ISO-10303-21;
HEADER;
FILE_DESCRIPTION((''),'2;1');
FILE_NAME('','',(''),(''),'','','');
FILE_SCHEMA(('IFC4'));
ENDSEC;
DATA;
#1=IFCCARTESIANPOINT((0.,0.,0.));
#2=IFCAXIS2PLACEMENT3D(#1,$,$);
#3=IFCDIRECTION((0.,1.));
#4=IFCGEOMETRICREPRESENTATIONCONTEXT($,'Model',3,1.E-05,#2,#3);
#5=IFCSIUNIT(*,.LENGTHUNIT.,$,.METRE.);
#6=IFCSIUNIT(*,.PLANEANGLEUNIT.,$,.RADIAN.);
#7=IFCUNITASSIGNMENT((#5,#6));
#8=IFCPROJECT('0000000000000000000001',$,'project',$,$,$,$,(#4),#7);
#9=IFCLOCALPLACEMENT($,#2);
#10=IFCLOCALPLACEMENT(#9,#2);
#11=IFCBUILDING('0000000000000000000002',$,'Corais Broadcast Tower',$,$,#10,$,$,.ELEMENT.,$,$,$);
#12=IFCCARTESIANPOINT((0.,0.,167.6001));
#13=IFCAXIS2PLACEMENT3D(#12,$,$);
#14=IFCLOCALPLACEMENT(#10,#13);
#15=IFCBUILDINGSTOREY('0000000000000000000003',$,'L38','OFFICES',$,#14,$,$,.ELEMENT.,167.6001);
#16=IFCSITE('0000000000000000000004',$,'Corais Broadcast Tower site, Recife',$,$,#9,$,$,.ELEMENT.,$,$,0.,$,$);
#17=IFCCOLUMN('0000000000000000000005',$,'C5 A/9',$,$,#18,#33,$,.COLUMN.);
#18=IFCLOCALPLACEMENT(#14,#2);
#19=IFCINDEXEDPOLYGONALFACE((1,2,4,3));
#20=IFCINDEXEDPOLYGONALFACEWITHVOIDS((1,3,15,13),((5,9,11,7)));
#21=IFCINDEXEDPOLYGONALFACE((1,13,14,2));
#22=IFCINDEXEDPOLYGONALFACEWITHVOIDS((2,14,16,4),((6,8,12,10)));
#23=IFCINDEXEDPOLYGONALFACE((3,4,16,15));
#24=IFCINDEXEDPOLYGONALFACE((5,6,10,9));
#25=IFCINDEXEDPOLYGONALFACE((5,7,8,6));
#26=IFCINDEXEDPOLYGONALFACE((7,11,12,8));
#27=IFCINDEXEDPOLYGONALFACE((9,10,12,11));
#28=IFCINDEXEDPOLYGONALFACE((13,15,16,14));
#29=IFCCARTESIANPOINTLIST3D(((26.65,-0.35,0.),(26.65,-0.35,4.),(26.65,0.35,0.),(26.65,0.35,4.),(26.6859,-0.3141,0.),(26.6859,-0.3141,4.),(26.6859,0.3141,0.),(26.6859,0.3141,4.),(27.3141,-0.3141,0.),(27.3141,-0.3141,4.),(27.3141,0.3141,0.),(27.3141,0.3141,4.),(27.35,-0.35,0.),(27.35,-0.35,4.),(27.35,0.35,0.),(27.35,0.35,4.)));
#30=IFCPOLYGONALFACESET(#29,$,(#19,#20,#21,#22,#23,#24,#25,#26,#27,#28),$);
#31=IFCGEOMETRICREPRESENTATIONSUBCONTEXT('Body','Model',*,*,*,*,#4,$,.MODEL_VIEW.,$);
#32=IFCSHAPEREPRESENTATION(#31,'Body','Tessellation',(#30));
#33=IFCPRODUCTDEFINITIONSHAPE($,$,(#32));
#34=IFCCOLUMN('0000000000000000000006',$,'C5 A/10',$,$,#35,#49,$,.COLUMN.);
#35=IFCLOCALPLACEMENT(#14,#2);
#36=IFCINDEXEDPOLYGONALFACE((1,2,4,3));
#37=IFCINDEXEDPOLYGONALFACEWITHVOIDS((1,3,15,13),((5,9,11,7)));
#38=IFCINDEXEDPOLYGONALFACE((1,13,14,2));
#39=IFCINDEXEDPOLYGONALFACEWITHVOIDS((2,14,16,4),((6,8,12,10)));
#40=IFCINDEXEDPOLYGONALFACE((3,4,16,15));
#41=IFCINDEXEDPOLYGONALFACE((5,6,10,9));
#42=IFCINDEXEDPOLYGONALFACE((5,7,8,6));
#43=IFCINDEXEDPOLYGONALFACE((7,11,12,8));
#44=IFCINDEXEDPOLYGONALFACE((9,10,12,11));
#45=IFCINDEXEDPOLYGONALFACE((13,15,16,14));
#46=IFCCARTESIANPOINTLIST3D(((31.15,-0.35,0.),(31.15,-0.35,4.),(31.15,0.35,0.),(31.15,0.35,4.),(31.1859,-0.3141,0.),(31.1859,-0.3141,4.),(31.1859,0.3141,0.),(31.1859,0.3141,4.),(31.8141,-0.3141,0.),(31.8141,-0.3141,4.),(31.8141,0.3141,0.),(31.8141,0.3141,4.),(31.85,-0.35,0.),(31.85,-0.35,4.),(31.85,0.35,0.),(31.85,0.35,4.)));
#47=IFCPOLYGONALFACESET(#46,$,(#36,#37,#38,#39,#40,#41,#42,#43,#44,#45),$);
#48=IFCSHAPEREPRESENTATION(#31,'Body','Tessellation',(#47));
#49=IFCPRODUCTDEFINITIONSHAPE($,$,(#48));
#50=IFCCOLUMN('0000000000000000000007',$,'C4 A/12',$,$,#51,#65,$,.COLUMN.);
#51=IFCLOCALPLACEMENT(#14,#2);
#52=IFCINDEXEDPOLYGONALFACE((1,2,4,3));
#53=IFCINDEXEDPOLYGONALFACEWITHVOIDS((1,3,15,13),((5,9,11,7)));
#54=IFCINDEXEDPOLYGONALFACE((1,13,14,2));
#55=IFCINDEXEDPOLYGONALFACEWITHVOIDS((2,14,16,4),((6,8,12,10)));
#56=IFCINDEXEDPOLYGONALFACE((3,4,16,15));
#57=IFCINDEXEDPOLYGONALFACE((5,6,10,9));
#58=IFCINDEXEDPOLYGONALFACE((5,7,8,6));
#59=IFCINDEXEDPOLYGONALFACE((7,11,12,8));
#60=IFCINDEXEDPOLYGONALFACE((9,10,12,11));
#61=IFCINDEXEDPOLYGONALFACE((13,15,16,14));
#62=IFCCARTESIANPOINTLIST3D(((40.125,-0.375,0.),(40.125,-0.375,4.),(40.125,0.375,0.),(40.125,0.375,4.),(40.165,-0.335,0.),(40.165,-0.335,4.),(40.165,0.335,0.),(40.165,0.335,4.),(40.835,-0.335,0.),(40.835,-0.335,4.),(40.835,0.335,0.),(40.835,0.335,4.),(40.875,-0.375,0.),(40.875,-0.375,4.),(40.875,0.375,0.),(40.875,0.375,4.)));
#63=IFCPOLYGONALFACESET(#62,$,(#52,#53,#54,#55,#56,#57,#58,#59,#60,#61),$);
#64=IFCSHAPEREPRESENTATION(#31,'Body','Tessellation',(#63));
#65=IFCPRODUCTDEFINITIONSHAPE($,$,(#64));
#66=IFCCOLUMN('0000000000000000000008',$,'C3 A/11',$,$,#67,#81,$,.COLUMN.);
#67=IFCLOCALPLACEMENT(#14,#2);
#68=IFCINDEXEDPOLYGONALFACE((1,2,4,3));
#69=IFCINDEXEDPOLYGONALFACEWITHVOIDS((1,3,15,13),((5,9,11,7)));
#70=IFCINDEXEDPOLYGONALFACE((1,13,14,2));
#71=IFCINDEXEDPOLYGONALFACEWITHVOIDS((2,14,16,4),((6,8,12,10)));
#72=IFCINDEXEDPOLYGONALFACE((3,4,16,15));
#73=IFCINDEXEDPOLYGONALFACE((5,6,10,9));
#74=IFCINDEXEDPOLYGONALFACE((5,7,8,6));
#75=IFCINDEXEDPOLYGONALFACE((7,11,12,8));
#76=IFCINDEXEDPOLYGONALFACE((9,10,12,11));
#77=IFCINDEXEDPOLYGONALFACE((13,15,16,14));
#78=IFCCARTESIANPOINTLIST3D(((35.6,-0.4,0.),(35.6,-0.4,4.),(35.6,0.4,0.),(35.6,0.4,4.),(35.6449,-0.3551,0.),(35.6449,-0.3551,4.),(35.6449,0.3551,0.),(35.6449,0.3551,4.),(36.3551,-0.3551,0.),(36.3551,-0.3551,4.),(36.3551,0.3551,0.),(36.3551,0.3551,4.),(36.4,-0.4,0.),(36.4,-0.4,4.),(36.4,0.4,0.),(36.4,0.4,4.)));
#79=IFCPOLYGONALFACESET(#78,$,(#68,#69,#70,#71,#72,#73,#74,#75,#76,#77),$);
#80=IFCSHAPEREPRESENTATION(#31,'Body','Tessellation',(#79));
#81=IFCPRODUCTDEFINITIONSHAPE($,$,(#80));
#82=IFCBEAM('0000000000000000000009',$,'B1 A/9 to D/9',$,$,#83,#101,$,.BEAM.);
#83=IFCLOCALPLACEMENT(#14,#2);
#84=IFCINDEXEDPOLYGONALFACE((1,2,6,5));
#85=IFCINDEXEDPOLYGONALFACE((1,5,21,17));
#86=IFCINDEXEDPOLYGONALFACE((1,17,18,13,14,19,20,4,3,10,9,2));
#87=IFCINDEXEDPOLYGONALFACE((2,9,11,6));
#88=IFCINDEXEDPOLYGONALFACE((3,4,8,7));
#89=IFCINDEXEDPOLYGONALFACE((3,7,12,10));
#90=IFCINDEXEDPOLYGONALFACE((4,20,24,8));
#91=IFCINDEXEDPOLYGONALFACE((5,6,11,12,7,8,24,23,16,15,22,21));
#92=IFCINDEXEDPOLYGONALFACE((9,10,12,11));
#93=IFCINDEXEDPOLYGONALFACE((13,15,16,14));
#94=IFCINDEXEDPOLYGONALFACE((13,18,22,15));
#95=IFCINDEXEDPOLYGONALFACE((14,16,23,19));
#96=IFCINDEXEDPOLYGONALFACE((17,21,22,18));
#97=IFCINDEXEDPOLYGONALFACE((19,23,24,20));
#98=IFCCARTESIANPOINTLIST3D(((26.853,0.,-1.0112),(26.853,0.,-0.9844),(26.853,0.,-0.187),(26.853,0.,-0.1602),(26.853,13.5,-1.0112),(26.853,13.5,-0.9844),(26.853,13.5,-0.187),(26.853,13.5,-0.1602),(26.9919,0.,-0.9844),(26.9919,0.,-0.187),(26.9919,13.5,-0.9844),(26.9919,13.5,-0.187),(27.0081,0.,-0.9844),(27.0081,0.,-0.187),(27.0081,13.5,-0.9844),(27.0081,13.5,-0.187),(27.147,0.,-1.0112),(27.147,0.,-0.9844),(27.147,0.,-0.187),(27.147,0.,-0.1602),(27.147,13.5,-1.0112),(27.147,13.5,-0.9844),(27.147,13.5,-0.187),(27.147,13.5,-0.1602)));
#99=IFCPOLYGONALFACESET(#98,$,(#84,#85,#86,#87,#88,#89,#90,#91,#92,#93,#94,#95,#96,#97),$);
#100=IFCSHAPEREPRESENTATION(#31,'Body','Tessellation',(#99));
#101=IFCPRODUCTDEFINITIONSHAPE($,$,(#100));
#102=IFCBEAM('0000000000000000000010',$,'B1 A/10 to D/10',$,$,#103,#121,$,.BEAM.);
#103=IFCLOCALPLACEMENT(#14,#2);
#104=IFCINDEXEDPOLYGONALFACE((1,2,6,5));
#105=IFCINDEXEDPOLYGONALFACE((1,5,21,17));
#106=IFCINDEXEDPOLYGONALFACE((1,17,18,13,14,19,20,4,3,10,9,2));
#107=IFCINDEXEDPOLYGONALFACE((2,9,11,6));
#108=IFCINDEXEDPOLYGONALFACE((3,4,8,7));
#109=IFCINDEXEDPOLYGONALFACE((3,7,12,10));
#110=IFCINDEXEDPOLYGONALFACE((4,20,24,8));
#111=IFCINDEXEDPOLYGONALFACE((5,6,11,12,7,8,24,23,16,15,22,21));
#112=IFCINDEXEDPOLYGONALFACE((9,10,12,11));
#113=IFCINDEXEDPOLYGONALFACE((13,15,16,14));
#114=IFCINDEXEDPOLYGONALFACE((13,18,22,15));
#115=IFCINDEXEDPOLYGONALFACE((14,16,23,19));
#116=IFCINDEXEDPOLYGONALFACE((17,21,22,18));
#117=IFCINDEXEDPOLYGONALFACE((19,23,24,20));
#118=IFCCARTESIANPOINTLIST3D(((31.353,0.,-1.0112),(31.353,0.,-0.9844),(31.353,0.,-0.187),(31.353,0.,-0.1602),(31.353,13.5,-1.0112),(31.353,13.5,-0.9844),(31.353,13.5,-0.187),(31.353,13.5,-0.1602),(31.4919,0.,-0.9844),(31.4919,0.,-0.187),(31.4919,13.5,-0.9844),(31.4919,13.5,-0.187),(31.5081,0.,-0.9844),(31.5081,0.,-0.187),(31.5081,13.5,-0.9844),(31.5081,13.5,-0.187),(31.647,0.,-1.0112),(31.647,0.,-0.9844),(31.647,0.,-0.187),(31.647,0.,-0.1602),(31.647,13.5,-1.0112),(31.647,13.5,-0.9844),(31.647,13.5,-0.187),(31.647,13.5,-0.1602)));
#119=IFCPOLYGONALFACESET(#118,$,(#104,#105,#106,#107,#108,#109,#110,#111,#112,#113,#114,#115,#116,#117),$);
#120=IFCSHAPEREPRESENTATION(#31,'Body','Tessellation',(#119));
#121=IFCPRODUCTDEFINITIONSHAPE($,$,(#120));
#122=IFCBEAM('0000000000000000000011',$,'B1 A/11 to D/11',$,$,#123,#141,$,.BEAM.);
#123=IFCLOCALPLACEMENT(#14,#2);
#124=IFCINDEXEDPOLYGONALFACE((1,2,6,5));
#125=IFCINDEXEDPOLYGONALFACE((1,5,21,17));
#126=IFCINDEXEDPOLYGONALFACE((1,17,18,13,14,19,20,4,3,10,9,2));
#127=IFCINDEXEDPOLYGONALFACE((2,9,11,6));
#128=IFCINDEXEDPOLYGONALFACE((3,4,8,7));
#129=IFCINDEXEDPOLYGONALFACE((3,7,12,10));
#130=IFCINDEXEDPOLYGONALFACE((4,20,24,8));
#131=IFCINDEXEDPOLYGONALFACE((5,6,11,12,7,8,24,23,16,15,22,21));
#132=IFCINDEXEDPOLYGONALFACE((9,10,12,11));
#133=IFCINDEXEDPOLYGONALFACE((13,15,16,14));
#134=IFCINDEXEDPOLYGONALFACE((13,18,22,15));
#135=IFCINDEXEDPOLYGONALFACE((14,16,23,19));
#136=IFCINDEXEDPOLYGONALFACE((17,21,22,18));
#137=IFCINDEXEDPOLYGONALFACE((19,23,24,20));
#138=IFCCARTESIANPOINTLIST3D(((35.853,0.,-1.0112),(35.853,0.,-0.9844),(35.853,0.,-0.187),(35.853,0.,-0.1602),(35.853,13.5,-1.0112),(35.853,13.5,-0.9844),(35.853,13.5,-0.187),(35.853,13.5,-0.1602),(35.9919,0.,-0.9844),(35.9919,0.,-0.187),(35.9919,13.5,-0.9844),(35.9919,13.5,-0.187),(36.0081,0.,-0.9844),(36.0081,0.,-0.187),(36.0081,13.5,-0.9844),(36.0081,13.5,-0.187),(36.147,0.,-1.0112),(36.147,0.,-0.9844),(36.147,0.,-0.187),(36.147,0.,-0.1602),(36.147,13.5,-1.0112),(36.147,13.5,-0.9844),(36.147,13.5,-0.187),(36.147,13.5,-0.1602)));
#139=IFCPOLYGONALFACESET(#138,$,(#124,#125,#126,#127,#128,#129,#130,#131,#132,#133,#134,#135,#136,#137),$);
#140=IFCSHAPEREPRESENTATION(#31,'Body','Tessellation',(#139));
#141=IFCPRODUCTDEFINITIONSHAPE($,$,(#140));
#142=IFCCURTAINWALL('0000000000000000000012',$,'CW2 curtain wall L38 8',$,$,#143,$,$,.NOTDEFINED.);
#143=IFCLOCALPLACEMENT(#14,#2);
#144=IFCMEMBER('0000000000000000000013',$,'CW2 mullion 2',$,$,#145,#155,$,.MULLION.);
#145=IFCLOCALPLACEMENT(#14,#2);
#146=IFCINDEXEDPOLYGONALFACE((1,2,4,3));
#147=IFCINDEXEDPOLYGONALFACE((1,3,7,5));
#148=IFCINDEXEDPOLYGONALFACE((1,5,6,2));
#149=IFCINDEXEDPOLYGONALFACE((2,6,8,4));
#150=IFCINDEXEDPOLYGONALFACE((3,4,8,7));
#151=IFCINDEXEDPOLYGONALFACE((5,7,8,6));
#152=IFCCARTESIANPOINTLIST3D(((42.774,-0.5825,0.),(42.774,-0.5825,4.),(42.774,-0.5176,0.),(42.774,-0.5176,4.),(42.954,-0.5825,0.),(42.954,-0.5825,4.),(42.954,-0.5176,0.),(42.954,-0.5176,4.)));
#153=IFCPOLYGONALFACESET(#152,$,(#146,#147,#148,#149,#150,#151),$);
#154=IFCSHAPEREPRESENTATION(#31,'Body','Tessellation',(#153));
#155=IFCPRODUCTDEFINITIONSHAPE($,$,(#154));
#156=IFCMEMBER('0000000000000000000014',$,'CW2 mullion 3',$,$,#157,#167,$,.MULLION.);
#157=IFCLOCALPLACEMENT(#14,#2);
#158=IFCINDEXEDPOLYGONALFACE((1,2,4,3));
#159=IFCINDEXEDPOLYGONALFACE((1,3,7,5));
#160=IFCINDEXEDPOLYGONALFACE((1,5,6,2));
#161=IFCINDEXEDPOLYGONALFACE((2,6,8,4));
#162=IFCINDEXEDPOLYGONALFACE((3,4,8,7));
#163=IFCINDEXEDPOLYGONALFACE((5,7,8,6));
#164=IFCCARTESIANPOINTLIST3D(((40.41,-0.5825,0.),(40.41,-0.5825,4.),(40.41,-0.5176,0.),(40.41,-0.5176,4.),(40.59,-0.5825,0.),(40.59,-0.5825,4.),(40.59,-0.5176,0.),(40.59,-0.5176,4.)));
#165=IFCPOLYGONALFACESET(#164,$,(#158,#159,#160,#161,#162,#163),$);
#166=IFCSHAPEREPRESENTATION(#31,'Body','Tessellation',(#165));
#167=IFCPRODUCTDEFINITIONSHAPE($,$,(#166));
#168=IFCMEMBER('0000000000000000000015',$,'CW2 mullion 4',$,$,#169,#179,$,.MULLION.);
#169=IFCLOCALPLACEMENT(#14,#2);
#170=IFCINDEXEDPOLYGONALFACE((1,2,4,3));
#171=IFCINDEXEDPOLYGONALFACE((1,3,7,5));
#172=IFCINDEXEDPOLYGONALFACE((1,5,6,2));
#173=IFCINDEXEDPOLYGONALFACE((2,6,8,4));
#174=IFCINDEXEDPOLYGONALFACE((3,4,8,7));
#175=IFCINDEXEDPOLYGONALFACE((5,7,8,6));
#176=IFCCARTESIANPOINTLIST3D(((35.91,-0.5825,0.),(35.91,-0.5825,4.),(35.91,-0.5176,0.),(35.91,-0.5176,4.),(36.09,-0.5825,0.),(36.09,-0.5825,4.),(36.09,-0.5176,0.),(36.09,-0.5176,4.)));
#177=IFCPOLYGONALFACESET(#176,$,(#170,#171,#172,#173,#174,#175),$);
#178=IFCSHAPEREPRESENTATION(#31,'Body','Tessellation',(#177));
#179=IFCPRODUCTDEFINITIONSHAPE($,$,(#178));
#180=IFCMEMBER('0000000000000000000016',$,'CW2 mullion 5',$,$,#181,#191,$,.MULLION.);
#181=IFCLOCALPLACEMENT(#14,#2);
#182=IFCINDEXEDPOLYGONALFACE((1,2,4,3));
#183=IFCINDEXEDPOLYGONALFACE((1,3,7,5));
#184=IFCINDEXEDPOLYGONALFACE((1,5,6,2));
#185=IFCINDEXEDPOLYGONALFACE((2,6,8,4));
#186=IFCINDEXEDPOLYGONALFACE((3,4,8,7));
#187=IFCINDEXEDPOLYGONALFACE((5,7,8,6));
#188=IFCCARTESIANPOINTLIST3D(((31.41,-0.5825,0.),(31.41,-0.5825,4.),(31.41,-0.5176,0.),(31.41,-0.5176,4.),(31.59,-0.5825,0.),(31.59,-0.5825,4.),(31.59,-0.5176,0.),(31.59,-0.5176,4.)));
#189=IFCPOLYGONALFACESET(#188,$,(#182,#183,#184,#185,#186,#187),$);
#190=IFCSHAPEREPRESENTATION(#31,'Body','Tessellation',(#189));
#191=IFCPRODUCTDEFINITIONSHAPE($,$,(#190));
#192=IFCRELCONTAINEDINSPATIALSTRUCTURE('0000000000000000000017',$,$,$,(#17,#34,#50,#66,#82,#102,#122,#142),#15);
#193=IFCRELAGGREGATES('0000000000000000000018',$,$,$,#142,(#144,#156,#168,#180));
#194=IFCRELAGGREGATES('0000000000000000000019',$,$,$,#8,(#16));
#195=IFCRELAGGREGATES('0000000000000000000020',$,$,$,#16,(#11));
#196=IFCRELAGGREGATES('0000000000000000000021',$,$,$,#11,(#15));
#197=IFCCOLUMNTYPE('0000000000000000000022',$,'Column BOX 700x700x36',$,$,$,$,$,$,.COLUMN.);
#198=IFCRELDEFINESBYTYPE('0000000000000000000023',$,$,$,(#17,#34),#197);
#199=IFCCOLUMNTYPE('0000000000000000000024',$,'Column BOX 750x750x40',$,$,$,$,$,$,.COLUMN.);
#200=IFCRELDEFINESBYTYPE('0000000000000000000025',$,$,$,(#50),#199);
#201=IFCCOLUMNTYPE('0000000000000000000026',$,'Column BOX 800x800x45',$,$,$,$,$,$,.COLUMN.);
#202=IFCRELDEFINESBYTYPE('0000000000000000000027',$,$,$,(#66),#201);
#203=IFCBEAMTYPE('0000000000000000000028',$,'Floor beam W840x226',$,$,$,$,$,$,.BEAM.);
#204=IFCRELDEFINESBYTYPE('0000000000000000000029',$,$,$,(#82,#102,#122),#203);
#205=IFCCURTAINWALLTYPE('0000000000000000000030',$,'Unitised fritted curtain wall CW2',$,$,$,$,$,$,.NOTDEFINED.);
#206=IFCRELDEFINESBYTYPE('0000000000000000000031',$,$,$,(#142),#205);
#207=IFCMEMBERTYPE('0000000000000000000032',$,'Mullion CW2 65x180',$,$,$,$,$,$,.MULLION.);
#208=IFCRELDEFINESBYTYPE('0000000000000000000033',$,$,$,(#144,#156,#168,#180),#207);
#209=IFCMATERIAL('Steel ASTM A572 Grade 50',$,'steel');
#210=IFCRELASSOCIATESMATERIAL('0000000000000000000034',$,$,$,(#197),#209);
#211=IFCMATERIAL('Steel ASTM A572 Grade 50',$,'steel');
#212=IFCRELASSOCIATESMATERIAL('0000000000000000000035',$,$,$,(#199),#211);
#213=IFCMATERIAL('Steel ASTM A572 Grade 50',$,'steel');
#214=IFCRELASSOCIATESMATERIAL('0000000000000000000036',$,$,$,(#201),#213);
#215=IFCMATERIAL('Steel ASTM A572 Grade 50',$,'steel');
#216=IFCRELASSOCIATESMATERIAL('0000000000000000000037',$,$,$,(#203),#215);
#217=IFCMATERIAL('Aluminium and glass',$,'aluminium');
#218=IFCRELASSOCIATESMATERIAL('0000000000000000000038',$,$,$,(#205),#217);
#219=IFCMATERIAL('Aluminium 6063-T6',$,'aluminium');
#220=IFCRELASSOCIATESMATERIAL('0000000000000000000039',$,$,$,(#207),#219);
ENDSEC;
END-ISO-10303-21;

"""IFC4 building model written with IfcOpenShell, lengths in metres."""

from ifc_helpers import new_model, si_unit, direction, frame, origin, origin_2d, place, context, subcontext, project, spatial, rectangle, hollow_rectangle, i_section, extrude, material, material_profile, profile_set, type_object, element, aggregate, save


model = new_model("IFC4")

# Units and contexts
model_context = context("Model", 3, precision=1e-05, world=origin(), true_north=direction((0.0, 1.0)))
body_context = subcontext(model_context, "Body", "Model", "MODEL_VIEW")
ifc_project = project(units=[si_unit("LENGTHUNIT", "METRE"), si_unit("PLANEANGLEUNIT", "RADIAN")], contexts=[model_context])

# Site, building, storey
site_placement = place(None, origin())
site = spatial("IfcSite", under=ifc_project, at=site_placement, Name="Corais Broadcast Tower site, Recife", CompositionType="ELEMENT", RefElevation=0.0)
building_placement = place(site_placement, origin())
building = spatial("IfcBuilding", under=site, at=building_placement, Name="Corais Broadcast Tower", CompositionType="ELEMENT")
storey_placement = place(building_placement, frame((0.0, 0.0, 167.6001)))
storey = spatial("IfcBuildingStorey", under=building, at=storey_placement, Name="L38", Description="OFFICES", CompositionType="ELEMENT", Elevation=167.6001)

# Columns
ifc_material_1 = material(Name="Steel ASTM A572 Grade 50", Category="steel")
ifc_material_profile_1 = material_profile(ifc_material_1, hollow_rectangle(XDim=0.7, YDim=0.7, WallThickness=0.0359, at=origin_2d()), Name="BOX 700x700x36")
ifc_profile_set_1 = profile_set([ifc_material_profile_1], Name="Steel ASTM A572 Grade 50")
column_type_1 = type_object("IfcColumnType", Name="Column BOX 700x700x36", PredefinedType="COLUMN", material=ifc_profile_set_1)
for number, where, z_axis, x_axis, name in (
    (1, (27.0, 0.0, 0.0), (0.0, 0.0, 1.0), (1.0, 0.0, 0.0), "C5 A/9"),
    (2, (31.5, 0.0, 0.0), (0.0, 0.0, 1.0), (1.0, 0.0, 0.0), "C5 A/10"),
):
    element("IfcColumn", number, at=place(storey_placement, frame(where, z_axis=z_axis, x_axis=x_axis)), inside=storey, type_object=column_type_1, Name=name, PredefinedType="COLUMN", context=body_context, shape_type="SweptSolid", body=[
        extrude(hollow_rectangle(XDim=0.7, YDim=0.7, WallThickness=0.0359, at=origin_2d()), origin(), (0.0, 0.0, 1.0), 4.0),
    ])
ifc_material_2 = material(Name="Steel ASTM A572 Grade 50", Category="steel")
ifc_material_profile_2 = material_profile(ifc_material_2, hollow_rectangle(XDim=0.75, YDim=0.75, WallThickness=0.04, at=origin_2d()), Name="BOX 750x750x40")
ifc_profile_set_2 = profile_set([ifc_material_profile_2], Name="Steel ASTM A572 Grade 50")
column_type_2 = type_object("IfcColumnType", Name="Column BOX 750x750x40", PredefinedType="COLUMN", material=ifc_profile_set_2)
column_1_placement = place(storey_placement, frame((40.5, 0.0, 0.0), z_axis=(0.0, 0.0, 1.0), x_axis=(1.0, 0.0, 0.0)))
element("IfcColumn", 3, at=column_1_placement, inside=storey, type_object=column_type_2, Name="C4 A/12", PredefinedType="COLUMN", context=body_context, shape_type="SweptSolid", body=[
    extrude(hollow_rectangle(XDim=0.75, YDim=0.75, WallThickness=0.04, at=origin_2d()), origin(), (0.0, 0.0, 1.0), 4.0),
])
ifc_material_3 = material(Name="Steel ASTM A572 Grade 50", Category="steel")
ifc_material_profile_3 = material_profile(ifc_material_3, hollow_rectangle(XDim=0.8, YDim=0.8, WallThickness=0.0449, at=origin_2d()), Name="BOX 800x800x45")
ifc_profile_set_3 = profile_set([ifc_material_profile_3], Name="Steel ASTM A572 Grade 50")
column_type_3 = type_object("IfcColumnType", Name="Column BOX 800x800x45", PredefinedType="COLUMN", material=ifc_profile_set_3)
column_2_placement = place(storey_placement, frame((36.0, 0.0, 0.0), z_axis=(0.0, 0.0, 1.0), x_axis=(1.0, 0.0, 0.0)))
element("IfcColumn", 4, at=column_2_placement, inside=storey, type_object=column_type_3, Name="C3 A/11", PredefinedType="COLUMN", context=body_context, shape_type="SweptSolid", body=[
    extrude(hollow_rectangle(XDim=0.8, YDim=0.8, WallThickness=0.0449, at=origin_2d()), origin(), (0.0, 0.0, 1.0), 4.0),
])

# Beams
ifc_material_4 = material(Name="Steel ASTM A572 Grade 50", Category="steel")
ifc_material_profile_4 = material_profile(ifc_material_4, i_section(OverallWidth=0.2939, OverallDepth=0.8511, WebThickness=0.0161, FlangeThickness=0.0269, at=origin_2d()), Name="W840x226")
ifc_profile_set_4 = profile_set([ifc_material_profile_4], Name="Steel ASTM A572 Grade 50")
beam_type_1 = type_object("IfcBeamType", Name="Floor beam W840x226", PredefinedType="BEAM", material=ifc_profile_set_4)
for number, where, z_axis, x_axis, name in (
    (5, (27.0, 0.0, -0.5857), (0.0, 1.0, 0.0), (-1.0, 0.0, 0.0), "B1 A/9 to D/9"),
    (6, (31.5, 0.0, -0.5857), (0.0, 1.0, 0.0), (-1.0, 0.0, 0.0), "B1 A/10 to D/10"),
    (7, (36.0, 0.0, -0.5857), (0.0, 1.0, 0.0), (-1.0, 0.0, 0.0), "B1 A/11 to D/11"),
):
    element("IfcBeam", number, at=place(storey_placement, frame(where, z_axis=z_axis, x_axis=x_axis)), inside=storey, type_object=beam_type_1, Name=name, PredefinedType="BEAM", context=body_context, shape_type="SweptSolid", body=[
        extrude(i_section(OverallWidth=0.2939, OverallDepth=0.8511, WebThickness=0.0161, FlangeThickness=0.0269, at=origin_2d()), origin(), (0.0, 0.0, 1.0), 13.5),
    ])

# Curtain wall, members
ifc_material_5 = material(Name="Aluminium and glass", Category="aluminium")
curtain_wall_type = type_object("IfcCurtainWallType", Name="Unitised fritted curtain wall CW2", PredefinedType="NOTDEFINED", material=ifc_material_5)
curtain_wall_placement = place(storey_placement, origin())
curtain_wall = element("IfcCurtainWall", 8, at=curtain_wall_placement, inside=storey, type_object=curtain_wall_type, Name="CW2 curtain wall L38 8", PredefinedType="NOTDEFINED")
ifc_material_6 = material(Name="Aluminium 6063-T6", Category="aluminium")
ifc_material_profile_5 = material_profile(ifc_material_6, rectangle(XDim=0.0649, YDim=0.1799, at=origin_2d()), Name="Mullion CW2 65x180")
ifc_profile_set_5 = profile_set([ifc_material_profile_5], Name="Aluminium 6063-T6")
member_type_1 = type_object("IfcMemberType", Name="Mullion CW2 65x180", PredefinedType="MULLION", material=ifc_profile_set_5)
member_1_placement = place(storey_placement, frame((42.864, -0.55, 0.0), z_axis=(0.0, 0.0, 1.0), x_axis=(0.0, -1.0, 0.0)))
member_1 = element("IfcMember", 9, at=member_1_placement, type_object=member_type_1, Name="CW2 mullion 2", PredefinedType="MULLION", context=body_context, shape_type="SweptSolid", body=[
    extrude(rectangle(XDim=0.0649, YDim=0.1799, at=origin_2d()), origin(), (0.0, 0.0, 1.0), 4.0),
])
member_2_placement = place(storey_placement, frame((40.5, -0.55, 0.0), z_axis=(0.0, 0.0, 1.0), x_axis=(0.0, -1.0, 0.0)))
member_2 = element("IfcMember", 10, at=member_2_placement, type_object=member_type_1, Name="CW2 mullion 3", PredefinedType="MULLION", context=body_context, shape_type="SweptSolid", body=[
    extrude(rectangle(XDim=0.0649, YDim=0.1799, at=origin_2d()), origin(), (0.0, 0.0, 1.0), 4.0),
])
member_3_placement = place(storey_placement, frame((36.0, -0.55, 0.0), z_axis=(0.0, 0.0, 1.0), x_axis=(0.0, -1.0, 0.0)))
member_3 = element("IfcMember", 11, at=member_3_placement, type_object=member_type_1, Name="CW2 mullion 4", PredefinedType="MULLION", context=body_context, shape_type="SweptSolid", body=[
    extrude(rectangle(XDim=0.0649, YDim=0.1799, at=origin_2d()), origin(), (0.0, 0.0, 1.0), 4.0),
])
member_4_placement = place(storey_placement, frame((31.5, -0.55, 0.0), z_axis=(0.0, 0.0, 1.0), x_axis=(0.0, -1.0, 0.0)))
member_4 = element("IfcMember", 12, at=member_4_placement, type_object=member_type_1, Name="CW2 mullion 5", PredefinedType="MULLION", context=body_context, shape_type="SweptSolid", body=[
    extrude(rectangle(XDim=0.0649, YDim=0.1799, at=origin_2d()), origin(), (0.0, 0.0, 1.0), 4.0),
])

aggregate(curtain_wall, [member_1, member_2, member_3, member_4])

save(model, "model.ifc")
